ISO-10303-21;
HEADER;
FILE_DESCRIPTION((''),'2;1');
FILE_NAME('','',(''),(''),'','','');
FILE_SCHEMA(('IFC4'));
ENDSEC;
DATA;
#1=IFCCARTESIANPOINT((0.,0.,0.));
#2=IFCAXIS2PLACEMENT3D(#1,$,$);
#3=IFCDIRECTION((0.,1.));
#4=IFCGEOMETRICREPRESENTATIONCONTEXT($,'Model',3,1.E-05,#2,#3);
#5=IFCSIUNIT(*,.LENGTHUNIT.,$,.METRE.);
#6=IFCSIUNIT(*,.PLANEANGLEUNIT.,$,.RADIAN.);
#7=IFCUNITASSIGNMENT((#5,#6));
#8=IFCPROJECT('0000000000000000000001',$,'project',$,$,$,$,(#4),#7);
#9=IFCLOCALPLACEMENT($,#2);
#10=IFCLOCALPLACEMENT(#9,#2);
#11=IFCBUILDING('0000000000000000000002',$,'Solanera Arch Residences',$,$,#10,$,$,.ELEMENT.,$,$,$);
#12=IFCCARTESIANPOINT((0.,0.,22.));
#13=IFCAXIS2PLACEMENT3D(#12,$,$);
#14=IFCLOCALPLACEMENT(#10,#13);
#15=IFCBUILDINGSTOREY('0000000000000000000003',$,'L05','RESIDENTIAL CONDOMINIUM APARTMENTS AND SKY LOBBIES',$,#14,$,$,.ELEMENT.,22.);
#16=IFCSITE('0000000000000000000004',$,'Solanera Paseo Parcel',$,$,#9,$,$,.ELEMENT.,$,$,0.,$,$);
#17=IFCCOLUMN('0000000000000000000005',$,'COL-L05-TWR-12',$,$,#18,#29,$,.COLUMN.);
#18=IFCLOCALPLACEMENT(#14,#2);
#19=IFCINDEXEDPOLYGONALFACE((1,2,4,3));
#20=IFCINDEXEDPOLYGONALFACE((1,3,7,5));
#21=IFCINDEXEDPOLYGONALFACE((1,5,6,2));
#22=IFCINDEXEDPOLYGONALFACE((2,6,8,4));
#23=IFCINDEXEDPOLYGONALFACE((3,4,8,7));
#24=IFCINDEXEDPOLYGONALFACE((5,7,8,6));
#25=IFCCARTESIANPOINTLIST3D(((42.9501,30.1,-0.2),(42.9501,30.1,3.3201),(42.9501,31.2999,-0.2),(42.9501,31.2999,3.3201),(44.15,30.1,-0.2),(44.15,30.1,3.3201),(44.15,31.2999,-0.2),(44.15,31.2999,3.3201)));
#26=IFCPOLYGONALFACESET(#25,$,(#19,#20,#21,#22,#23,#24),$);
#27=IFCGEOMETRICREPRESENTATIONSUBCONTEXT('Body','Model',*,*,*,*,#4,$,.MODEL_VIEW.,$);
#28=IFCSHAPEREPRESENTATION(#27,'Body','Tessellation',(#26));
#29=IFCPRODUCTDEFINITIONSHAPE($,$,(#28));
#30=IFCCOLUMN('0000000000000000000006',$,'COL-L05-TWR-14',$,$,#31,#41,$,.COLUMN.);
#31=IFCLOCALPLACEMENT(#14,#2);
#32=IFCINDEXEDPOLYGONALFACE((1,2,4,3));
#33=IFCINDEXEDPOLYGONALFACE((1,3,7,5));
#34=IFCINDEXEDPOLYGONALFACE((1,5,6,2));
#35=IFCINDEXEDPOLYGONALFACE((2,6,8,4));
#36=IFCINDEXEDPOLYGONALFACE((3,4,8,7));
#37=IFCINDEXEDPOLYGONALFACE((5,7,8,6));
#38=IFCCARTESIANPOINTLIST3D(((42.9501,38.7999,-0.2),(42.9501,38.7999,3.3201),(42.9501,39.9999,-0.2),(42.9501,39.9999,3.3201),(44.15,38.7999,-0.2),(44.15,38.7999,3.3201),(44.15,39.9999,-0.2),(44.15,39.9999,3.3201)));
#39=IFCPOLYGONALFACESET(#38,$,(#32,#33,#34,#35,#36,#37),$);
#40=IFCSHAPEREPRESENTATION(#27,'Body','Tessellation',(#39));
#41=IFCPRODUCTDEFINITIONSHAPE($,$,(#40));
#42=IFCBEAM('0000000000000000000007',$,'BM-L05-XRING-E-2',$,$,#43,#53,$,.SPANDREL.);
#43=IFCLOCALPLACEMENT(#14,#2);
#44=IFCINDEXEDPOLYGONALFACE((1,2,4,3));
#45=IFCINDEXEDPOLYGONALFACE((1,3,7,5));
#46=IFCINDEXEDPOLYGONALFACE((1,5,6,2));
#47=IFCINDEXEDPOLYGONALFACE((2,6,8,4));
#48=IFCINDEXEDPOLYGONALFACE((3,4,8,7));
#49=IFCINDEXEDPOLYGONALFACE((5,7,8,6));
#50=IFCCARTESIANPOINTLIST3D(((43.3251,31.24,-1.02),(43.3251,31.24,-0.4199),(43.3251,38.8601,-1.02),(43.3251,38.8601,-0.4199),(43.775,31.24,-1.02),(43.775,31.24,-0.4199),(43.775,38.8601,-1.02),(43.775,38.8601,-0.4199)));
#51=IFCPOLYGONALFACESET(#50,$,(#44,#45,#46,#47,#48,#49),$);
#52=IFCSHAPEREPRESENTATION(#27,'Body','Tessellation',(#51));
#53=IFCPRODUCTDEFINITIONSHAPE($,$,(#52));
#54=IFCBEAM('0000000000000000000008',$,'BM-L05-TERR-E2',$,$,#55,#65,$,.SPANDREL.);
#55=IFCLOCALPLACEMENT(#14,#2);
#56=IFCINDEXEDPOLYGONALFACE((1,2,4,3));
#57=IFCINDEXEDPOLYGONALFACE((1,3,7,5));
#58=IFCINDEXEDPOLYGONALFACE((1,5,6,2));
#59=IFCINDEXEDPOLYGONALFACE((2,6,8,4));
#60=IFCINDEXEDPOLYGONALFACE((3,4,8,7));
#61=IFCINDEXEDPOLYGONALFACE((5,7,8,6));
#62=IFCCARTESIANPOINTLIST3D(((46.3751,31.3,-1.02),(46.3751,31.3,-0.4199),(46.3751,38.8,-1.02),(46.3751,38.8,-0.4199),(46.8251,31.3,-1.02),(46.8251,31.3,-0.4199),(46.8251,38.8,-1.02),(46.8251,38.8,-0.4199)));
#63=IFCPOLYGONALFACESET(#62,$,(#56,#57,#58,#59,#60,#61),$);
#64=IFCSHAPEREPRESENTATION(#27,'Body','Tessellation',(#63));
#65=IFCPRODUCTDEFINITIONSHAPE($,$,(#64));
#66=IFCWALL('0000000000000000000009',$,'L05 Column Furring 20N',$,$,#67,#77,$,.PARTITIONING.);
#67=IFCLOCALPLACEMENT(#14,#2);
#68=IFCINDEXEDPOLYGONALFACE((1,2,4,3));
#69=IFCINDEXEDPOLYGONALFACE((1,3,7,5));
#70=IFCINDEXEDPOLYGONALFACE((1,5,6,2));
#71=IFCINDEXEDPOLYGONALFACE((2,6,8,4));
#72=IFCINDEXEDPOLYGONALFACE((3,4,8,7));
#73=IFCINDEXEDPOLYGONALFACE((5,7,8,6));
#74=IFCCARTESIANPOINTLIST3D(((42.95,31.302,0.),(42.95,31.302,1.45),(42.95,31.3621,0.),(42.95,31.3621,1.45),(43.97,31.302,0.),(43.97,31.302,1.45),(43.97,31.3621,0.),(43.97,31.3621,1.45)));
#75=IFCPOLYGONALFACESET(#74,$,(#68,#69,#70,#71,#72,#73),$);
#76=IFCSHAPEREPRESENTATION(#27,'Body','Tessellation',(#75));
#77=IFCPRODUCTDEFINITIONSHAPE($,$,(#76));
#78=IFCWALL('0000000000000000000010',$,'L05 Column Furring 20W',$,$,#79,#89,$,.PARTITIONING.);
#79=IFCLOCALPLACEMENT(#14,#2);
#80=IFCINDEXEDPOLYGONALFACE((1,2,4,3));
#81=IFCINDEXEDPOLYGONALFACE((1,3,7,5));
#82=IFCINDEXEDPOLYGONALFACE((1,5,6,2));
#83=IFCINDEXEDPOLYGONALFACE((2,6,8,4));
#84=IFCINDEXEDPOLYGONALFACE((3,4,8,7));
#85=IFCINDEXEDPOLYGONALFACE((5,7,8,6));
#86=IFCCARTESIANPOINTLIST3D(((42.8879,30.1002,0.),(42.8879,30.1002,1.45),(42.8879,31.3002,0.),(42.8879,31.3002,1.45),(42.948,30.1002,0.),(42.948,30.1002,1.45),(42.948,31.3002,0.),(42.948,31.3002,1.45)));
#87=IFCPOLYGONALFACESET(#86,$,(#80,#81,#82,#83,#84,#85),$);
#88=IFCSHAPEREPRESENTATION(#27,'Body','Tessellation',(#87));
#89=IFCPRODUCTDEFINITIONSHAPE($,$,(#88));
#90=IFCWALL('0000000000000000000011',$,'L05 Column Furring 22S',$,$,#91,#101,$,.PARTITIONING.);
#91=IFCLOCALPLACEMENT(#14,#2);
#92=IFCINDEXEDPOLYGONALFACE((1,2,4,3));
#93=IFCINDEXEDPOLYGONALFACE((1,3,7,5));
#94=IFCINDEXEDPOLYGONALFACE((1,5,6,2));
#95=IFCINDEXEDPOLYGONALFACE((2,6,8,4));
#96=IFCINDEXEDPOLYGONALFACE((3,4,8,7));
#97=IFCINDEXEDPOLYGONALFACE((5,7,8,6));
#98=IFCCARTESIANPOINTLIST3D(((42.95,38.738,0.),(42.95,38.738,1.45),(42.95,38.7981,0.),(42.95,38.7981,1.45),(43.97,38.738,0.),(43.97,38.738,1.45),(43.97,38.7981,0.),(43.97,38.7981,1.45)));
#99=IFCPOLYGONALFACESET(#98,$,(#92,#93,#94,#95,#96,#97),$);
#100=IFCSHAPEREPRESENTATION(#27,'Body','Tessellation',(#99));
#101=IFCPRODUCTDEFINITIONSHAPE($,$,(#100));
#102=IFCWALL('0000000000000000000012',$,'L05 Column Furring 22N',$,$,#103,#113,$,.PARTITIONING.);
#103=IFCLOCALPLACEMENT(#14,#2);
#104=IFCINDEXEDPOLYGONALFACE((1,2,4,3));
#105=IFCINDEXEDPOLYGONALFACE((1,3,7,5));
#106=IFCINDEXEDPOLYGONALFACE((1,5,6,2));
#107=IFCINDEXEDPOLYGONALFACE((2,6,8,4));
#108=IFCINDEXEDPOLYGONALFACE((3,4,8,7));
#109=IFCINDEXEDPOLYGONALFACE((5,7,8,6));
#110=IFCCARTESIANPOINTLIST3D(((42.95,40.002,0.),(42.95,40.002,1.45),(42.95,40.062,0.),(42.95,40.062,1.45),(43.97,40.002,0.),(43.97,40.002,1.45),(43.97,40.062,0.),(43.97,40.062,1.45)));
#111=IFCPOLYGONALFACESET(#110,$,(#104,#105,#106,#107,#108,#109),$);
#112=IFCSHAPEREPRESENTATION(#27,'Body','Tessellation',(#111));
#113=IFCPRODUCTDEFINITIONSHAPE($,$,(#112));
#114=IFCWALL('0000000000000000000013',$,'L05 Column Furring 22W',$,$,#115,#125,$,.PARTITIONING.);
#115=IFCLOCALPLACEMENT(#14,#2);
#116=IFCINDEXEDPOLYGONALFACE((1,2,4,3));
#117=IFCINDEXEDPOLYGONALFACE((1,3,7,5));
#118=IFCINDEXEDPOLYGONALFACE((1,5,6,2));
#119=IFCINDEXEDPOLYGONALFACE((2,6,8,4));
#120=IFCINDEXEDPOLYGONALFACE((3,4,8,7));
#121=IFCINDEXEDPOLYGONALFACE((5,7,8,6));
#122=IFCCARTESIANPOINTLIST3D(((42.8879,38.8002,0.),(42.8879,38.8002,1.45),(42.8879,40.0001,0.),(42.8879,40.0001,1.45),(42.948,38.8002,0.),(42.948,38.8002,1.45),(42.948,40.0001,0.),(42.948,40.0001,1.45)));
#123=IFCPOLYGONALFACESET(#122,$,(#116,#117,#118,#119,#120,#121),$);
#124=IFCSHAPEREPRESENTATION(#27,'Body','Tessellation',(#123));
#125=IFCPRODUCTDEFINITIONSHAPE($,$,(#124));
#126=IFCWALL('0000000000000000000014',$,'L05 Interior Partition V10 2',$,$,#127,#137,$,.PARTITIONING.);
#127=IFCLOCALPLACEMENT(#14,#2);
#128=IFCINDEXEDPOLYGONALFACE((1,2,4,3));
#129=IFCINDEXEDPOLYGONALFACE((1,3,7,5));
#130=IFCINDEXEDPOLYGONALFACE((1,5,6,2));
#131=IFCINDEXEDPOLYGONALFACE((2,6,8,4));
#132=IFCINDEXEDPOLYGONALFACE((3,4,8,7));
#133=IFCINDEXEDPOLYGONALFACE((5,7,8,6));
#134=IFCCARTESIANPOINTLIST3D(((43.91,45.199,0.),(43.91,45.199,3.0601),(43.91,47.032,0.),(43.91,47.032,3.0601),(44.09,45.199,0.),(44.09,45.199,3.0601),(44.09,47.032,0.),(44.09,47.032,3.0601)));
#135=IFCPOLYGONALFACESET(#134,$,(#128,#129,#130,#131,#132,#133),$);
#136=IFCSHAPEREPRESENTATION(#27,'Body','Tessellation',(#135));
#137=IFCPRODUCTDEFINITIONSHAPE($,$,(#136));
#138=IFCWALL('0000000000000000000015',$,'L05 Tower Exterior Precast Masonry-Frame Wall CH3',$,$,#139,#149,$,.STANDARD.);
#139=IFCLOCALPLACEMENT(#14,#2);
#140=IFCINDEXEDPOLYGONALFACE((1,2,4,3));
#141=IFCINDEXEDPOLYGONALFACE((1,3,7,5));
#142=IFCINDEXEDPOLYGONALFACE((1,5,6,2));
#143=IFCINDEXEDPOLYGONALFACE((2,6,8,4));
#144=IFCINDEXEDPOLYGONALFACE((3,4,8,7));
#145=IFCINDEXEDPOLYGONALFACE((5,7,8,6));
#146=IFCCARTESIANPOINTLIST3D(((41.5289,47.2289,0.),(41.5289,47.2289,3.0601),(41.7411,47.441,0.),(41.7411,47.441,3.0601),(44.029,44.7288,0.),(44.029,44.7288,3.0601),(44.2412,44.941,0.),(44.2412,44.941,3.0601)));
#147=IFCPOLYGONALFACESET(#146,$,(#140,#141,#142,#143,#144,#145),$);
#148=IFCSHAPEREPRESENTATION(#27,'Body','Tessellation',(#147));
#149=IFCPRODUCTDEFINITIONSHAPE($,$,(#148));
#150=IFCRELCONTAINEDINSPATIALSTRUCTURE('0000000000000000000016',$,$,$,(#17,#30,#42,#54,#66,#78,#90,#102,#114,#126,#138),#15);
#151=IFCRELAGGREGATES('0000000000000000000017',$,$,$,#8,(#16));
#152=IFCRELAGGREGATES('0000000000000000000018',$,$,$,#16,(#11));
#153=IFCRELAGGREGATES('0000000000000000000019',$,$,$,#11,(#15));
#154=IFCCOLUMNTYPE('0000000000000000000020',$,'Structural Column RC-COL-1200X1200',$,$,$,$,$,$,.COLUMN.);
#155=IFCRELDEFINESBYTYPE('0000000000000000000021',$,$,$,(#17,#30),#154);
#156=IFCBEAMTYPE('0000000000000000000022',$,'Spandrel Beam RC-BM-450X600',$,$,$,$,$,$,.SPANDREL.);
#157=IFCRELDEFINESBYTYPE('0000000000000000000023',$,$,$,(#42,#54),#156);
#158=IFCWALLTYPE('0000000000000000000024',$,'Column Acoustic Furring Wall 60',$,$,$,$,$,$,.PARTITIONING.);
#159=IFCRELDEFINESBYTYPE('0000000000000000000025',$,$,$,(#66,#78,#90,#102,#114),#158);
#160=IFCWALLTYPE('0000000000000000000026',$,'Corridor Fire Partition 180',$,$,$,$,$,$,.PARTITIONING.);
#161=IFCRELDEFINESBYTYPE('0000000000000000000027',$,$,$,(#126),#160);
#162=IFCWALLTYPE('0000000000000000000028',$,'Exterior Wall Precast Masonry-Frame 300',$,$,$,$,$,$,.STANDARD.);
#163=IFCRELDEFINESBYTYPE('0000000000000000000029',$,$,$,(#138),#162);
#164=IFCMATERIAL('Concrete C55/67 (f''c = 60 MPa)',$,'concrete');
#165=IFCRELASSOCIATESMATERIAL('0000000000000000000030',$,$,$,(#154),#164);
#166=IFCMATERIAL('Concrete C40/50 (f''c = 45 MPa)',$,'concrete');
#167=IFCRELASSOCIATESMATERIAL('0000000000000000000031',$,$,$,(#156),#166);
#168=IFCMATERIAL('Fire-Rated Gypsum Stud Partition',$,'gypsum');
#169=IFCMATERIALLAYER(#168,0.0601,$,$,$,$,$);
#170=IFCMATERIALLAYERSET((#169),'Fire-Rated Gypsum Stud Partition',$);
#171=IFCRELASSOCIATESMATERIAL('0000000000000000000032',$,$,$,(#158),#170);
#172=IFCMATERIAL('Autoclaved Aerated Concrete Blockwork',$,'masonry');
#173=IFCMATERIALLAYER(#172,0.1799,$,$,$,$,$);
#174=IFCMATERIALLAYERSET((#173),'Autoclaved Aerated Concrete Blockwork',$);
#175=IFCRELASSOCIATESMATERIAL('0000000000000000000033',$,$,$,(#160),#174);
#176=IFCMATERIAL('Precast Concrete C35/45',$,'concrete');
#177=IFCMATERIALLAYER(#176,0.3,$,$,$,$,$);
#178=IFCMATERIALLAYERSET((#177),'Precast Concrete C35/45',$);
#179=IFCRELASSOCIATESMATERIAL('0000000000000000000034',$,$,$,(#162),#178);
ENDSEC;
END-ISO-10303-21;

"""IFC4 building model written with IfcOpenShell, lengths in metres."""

from ifc_helpers import new_model, si_unit, direction, frame, frame_2d, origin, origin_2d, place, context, subcontext, project, spatial, rectangle, extrude, material, layer, layer_set, material_profile, profile_set, type_object, element, save


model = new_model("IFC4")

# Units and contexts
model_context = context("Model", 3, precision=1e-05, world=origin(), true_north=direction((0.0, 1.0)))
body_context = subcontext(model_context, "Body", "Model", "MODEL_VIEW")
ifc_project = project(units=[si_unit("LENGTHUNIT", "METRE"), si_unit("PLANEANGLEUNIT", "RADIAN")], contexts=[model_context])

# Site, building, storey
site_placement = place(None, origin())
site = spatial("IfcSite", under=ifc_project, at=site_placement, Name="Solanera Paseo Parcel", CompositionType="ELEMENT", RefElevation=0.0)
building_placement = place(site_placement, origin())
building = spatial("IfcBuilding", under=site, at=building_placement, Name="Solanera Arch Residences", CompositionType="ELEMENT")
storey_placement = place(building_placement, frame((0.0, 0.0, 22.0)))
storey = spatial("IfcBuildingStorey", under=building, at=storey_placement, Name="L05", Description="RESIDENTIAL CONDOMINIUM APARTMENTS AND SKY LOBBIES", CompositionType="ELEMENT", Elevation=22.0)

# Columns
ifc_material_1 = material(Name="Concrete C55/67 (f'c = 60 MPa)", Category="concrete")
ifc_material_profile_1 = material_profile(ifc_material_1, rectangle(XDim=1.2, YDim=1.2, at=origin_2d()))
ifc_profile_set_1 = profile_set([ifc_material_profile_1], Name="Concrete C55/67 (f'c = 60 MPa)")
column_type = type_object("IfcColumnType", Name="Structural Column RC-COL-1200X1200", PredefinedType="COLUMN", material=ifc_profile_set_1)
for number, where, z_axis, x_axis, name in (
    (1, (43.55, 30.7, -0.2), (0.0, 0.0, 1.0), (1.0, 0.0, 0.0), "COL-L05-TWR-12"),
    (2, (43.55, 39.3999, -0.2), (0.0, 0.0, 1.0), (1.0, 0.0, 0.0), "COL-L05-TWR-14"),
):
    element("IfcColumn", number, at=place(storey_placement, frame(where, z_axis=z_axis, x_axis=x_axis)), inside=storey, type_object=column_type, Name=name, PredefinedType="COLUMN", context=body_context, shape_type="SweptSolid", body=[
        extrude(rectangle(XDim=1.2, YDim=1.2, at=origin_2d()), origin(), (0.0, 0.0, 1.0), 3.52),
    ])

# Beams
ifc_material_2 = material(Name="Concrete C40/50 (f'c = 45 MPa)", Category="concrete")
ifc_material_profile_2 = material_profile(ifc_material_2, rectangle(XDim=0.45, YDim=0.6001, at=origin_2d()))
ifc_profile_set_2 = profile_set([ifc_material_profile_2], Name="Concrete C40/50 (f'c = 45 MPa)")
beam_type = type_object("IfcBeamType", Name="Spandrel Beam RC-BM-450X600", PredefinedType="SPANDREL", material=ifc_profile_set_2)
beam_1_placement = place(storey_placement, frame((43.55, 31.24, -0.72), z_axis=(0.0, 1.0, 0.0), x_axis=(-1.0, 0.0, 0.0)))
element("IfcBeam", 3, at=beam_1_placement, inside=storey, type_object=beam_type, Name="BM-L05-XRING-E-2", PredefinedType="SPANDREL", context=body_context, shape_type="SweptSolid", body=[
    extrude(rectangle(XDim=0.45, YDim=0.6001, at=origin_2d()), origin(), (0.0, 0.0, 1.0), 7.6201),
])
beam_2_placement = place(storey_placement, frame((46.6001, 31.3, -0.72), z_axis=(0.0, 1.0, 0.0), x_axis=(-1.0, 0.0, 0.0)))
element("IfcBeam", 4, at=beam_2_placement, inside=storey, type_object=beam_type, Name="BM-L05-TERR-E2", PredefinedType="SPANDREL", context=body_context, shape_type="SweptSolid", body=[
    extrude(rectangle(XDim=0.45, YDim=0.6001, at=origin_2d()), origin(), (0.0, 0.0, 1.0), 7.5),
])

# Walls
ifc_material_3 = material(Name="Fire-Rated Gypsum Stud Partition", Category="gypsum")
ifc_layer_1 = layer(ifc_material_3, 0.0601)
ifc_layer_set_1 = layer_set([ifc_layer_1], Name="Fire-Rated Gypsum Stud Partition")
wall_type_1 = type_object("IfcWallType", Name="Column Acoustic Furring Wall 60", PredefinedType="PARTITIONING", material=ifc_layer_set_1)
wall_1_placement = place(storey_placement, frame((42.95, 31.332, 0.0), z_axis=(0.0, 0.0, 1.0), x_axis=(1.0, 0.0, 0.0)))
element("IfcWall", 5, at=wall_1_placement, inside=storey, type_object=wall_type_1, Name="L05 Column Furring 20N", PredefinedType="PARTITIONING", context=body_context, shape_type="SweptSolid", body=[
    extrude(rectangle(XDim=1.02, YDim=0.0601, at=frame_2d((0.51, 0.0))), origin(), (0.0, 0.0, 1.0), 1.45),
])
wall_2_placement = place(storey_placement, frame((42.918, 30.1001, 0.0), z_axis=(0.0, 0.0, 1.0), x_axis=(0.0, 1.0, 0.0)))
element("IfcWall", 6, at=wall_2_placement, inside=storey, type_object=wall_type_1, Name="L05 Column Furring 20W", PredefinedType="PARTITIONING", context=body_context, shape_type="SweptSolid", body=[
    extrude(rectangle(XDim=1.2, YDim=0.0601, at=frame_2d((0.6001, 0.0))), origin(), (0.0, 0.0, 1.0), 1.45),
])
for number, where, z_axis, x_axis, name in (
    (7, (42.95, 38.7681, 0.0), (0.0, 0.0, 1.0), (1.0, 0.0, 0.0), "L05 Column Furring 22S"),
    (8, (42.95, 40.032, 0.0), (0.0, 0.0, 1.0), (1.0, 0.0, 0.0), "L05 Column Furring 22N"),
):
    element("IfcWall", number, at=place(storey_placement, frame(where, z_axis=z_axis, x_axis=x_axis)), inside=storey, type_object=wall_type_1, Name=name, PredefinedType="PARTITIONING", context=body_context, shape_type="SweptSolid", body=[
        extrude(rectangle(XDim=1.02, YDim=0.0601, at=frame_2d((0.51, 0.0))), origin(), (0.0, 0.0, 1.0), 1.45),
    ])
wall_3_placement = place(storey_placement, frame((42.918, 38.8, 0.0), z_axis=(0.0, 0.0, 1.0), x_axis=(0.0, 1.0, 0.0)))
element("IfcWall", 9, at=wall_3_placement, inside=storey, type_object=wall_type_1, Name="L05 Column Furring 22W", PredefinedType="PARTITIONING", context=body_context, shape_type="SweptSolid", body=[
    extrude(rectangle(XDim=1.2, YDim=0.0601, at=frame_2d((0.6001, 0.0))), origin(), (0.0, 0.0, 1.0), 1.45),
])
ifc_material_4 = material(Name="Autoclaved Aerated Concrete Blockwork", Category="masonry")
ifc_layer_2 = layer(ifc_material_4, 0.1799)
ifc_layer_set_2 = layer_set([ifc_layer_2], Name="Autoclaved Aerated Concrete Blockwork")
wall_type_2 = type_object("IfcWallType", Name="Corridor Fire Partition 180", PredefinedType="PARTITIONING", material=ifc_layer_set_2)
wall_4_placement = place(storey_placement, frame((44.0, 45.199, 0.0), z_axis=(0.0, 0.0, 1.0), x_axis=(0.0, 1.0, 0.0)))
element("IfcWall", 10, at=wall_4_placement, inside=storey, type_object=wall_type_2, Name="L05 Interior Partition V10 2", PredefinedType="PARTITIONING", context=body_context, shape_type="SweptSolid", body=[
    extrude(rectangle(XDim=1.833, YDim=0.1799, at=frame_2d((0.9165, 0.0))), origin(), (0.0, 0.0, 1.0), 3.0601),
])
ifc_material_5 = material(Name="Precast Concrete C35/45", Category="concrete")
ifc_layer_3 = layer(ifc_material_5, 0.3)
ifc_layer_set_3 = layer_set([ifc_layer_3], Name="Precast Concrete C35/45")
wall_type_3 = type_object("IfcWallType", Name="Exterior Wall Precast Masonry-Frame 300", PredefinedType="STANDARD", material=ifc_layer_set_3)
wall_5_placement = place(storey_placement, frame((41.635, 47.335, 0.0), z_axis=(0.0, 0.0, 1.0), x_axis=(0.707107, -0.707107, 0.0)))
element("IfcWall", 11, at=wall_5_placement, inside=storey, type_object=wall_type_3, Name="L05 Tower Exterior Precast Masonry-Frame Wall CH3", PredefinedType="STANDARD", context=body_context, shape_type="SweptSolid", body=[
    extrude(rectangle(XDim=3.5356, YDim=0.3, at=frame_2d((1.7678, 0.0))), origin(), (0.0, 0.0, 1.0), 3.0601),
])

save(model, "model.ifc")
